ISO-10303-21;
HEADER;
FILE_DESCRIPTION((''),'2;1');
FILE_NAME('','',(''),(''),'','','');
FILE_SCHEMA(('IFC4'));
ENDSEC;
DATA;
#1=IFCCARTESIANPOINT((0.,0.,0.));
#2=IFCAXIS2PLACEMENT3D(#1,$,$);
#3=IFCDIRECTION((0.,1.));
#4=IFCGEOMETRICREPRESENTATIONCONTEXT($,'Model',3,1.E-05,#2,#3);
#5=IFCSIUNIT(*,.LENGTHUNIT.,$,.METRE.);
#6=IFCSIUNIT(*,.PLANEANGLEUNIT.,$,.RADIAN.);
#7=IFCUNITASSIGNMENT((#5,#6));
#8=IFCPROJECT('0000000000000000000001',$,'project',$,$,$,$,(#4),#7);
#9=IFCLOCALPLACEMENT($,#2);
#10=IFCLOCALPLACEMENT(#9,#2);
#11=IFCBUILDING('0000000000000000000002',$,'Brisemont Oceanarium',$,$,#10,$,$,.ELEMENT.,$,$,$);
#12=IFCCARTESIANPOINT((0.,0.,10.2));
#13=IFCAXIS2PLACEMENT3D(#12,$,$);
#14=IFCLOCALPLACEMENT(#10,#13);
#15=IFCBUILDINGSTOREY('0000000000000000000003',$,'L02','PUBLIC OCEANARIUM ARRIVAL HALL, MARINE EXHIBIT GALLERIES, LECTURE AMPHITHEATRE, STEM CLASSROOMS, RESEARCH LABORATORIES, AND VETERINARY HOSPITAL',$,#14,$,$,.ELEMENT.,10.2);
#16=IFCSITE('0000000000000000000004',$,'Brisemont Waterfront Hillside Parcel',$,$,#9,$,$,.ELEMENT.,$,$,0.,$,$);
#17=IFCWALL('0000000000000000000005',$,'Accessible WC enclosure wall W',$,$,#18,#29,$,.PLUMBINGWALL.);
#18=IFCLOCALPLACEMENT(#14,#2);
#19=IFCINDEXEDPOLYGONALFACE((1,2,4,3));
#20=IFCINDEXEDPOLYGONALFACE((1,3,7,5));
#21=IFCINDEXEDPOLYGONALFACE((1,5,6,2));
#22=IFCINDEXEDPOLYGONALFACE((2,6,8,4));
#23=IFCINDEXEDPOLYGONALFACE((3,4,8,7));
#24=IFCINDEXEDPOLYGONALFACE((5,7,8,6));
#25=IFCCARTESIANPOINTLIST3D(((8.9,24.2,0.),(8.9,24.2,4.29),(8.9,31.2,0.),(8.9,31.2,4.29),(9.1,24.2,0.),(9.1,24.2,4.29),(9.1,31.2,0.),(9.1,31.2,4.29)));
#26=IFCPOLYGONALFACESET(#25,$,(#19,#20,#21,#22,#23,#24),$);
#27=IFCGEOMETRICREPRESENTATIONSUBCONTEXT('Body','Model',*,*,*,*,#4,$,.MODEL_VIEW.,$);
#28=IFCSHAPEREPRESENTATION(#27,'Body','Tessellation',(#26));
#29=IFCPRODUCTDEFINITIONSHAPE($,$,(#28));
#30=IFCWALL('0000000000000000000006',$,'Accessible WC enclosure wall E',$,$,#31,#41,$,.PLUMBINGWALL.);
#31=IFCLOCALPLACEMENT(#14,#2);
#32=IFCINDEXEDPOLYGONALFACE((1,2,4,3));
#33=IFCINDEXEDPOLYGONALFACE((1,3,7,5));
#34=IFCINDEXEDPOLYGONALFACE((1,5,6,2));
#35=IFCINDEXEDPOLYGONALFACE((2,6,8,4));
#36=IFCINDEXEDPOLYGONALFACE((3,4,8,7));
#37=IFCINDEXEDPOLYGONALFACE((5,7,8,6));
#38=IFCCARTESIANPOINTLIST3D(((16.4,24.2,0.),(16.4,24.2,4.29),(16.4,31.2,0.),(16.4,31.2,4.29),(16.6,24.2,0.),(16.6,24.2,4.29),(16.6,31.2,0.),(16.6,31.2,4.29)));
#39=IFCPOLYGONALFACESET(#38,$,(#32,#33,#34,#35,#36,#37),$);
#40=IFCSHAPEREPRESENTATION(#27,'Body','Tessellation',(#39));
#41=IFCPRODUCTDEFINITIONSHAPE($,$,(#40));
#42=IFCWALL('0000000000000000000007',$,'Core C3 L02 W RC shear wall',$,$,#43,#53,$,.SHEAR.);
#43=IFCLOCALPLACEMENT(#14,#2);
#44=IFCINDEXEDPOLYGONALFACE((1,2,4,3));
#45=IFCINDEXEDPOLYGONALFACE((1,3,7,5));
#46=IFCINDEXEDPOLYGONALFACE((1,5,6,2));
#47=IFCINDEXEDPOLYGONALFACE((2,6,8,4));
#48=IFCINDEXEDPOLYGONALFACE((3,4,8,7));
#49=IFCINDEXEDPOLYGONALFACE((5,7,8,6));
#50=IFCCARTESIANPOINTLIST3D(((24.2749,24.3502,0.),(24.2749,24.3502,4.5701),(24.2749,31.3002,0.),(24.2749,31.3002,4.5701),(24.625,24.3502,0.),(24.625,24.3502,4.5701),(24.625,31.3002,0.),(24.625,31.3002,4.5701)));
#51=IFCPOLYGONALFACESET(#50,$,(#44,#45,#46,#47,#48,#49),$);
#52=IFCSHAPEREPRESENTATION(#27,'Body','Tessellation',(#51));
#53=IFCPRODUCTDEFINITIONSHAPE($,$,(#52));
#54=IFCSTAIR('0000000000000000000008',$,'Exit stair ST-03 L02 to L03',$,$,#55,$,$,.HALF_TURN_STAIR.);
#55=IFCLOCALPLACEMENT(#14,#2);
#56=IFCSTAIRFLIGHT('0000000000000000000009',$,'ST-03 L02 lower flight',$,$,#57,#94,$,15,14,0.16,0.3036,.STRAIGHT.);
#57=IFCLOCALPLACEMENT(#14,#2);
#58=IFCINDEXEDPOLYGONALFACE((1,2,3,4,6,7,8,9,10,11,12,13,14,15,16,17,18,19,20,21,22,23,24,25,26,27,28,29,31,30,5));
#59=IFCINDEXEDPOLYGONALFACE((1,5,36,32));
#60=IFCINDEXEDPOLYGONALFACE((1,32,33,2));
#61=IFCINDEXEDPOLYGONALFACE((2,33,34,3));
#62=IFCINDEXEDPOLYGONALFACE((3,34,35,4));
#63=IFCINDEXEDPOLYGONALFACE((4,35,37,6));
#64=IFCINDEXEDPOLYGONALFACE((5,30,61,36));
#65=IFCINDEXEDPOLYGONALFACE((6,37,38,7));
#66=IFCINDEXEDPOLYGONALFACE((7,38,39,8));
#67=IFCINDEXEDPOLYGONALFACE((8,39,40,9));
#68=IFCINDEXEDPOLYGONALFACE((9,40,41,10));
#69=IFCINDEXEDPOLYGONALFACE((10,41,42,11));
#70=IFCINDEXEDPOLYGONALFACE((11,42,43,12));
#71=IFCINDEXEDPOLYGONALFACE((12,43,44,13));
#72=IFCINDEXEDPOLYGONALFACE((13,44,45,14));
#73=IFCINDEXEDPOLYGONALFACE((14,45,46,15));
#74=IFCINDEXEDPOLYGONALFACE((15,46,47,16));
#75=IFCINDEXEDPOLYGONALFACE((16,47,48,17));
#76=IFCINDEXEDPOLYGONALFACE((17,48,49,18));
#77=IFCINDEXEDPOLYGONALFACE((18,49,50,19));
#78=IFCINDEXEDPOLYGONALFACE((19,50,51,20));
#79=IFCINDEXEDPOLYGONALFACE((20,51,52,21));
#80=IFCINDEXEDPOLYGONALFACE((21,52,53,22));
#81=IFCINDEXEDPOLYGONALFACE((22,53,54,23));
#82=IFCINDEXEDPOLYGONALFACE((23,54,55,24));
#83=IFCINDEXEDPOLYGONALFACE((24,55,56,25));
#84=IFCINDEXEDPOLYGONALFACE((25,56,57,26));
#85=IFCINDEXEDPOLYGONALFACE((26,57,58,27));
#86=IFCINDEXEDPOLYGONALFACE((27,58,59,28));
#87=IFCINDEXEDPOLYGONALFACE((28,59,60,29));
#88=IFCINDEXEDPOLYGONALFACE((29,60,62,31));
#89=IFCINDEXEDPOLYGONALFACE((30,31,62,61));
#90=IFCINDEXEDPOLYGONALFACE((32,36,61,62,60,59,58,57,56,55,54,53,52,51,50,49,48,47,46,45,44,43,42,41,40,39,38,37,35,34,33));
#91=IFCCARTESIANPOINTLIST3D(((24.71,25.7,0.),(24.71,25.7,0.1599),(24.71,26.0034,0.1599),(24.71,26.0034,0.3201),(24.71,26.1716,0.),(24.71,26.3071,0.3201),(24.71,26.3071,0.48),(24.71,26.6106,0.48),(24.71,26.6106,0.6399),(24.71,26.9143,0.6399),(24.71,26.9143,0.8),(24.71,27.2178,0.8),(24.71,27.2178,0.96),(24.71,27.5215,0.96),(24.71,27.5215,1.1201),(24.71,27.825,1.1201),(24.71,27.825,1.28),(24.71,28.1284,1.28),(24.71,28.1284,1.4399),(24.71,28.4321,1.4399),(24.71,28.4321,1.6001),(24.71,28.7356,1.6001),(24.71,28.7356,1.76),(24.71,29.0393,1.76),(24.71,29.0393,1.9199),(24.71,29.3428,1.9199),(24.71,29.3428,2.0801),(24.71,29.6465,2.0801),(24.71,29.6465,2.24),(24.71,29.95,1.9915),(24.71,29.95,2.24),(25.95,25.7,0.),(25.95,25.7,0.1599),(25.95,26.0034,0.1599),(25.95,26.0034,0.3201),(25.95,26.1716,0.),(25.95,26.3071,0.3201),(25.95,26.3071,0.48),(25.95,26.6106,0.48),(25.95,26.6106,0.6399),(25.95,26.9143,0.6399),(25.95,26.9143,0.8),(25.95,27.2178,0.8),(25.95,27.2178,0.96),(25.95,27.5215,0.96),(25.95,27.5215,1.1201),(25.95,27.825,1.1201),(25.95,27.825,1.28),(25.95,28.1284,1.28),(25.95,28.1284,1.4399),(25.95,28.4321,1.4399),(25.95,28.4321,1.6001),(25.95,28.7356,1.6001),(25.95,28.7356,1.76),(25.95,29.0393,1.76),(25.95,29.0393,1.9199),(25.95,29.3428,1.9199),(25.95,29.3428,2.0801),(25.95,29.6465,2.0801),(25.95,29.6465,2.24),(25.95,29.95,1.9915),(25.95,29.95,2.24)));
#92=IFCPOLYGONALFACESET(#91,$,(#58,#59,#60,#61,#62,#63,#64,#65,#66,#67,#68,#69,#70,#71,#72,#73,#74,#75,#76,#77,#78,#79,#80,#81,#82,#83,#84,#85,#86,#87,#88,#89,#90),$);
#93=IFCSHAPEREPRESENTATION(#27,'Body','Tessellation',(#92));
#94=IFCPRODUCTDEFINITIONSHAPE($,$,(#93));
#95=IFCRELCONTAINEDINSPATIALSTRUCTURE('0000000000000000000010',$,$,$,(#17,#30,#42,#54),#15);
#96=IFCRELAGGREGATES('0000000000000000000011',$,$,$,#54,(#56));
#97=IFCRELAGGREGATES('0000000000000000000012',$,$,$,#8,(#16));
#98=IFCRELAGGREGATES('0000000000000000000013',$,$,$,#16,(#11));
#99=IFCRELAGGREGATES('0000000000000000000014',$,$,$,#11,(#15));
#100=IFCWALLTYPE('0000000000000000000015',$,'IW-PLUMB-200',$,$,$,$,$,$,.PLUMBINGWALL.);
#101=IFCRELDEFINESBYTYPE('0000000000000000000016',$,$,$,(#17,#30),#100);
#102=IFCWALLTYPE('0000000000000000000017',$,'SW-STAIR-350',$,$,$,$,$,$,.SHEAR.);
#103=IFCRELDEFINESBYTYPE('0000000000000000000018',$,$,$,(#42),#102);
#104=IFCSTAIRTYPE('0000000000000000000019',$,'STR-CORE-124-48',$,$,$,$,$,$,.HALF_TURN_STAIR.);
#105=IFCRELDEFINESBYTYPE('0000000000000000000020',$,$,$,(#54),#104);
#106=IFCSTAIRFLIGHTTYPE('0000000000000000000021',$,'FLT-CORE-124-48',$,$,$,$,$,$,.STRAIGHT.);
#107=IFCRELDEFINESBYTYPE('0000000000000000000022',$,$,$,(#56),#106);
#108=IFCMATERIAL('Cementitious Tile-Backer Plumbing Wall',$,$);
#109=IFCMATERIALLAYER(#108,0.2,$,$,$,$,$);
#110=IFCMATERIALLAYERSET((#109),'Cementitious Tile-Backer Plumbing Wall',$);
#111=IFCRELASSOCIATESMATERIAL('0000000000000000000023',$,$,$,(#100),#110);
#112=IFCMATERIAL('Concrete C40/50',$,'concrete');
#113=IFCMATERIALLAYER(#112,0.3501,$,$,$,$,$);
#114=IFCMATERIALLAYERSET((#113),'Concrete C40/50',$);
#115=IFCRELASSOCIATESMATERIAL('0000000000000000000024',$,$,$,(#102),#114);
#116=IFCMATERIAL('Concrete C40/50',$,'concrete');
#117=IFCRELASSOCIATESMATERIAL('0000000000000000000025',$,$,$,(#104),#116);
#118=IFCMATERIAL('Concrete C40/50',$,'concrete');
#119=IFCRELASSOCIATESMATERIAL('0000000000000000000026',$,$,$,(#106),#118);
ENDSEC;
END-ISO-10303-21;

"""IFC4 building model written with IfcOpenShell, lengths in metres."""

from ifc_helpers import new_model, si_unit, direction, frame, frame_2d, origin, place, context, subcontext, project, spatial, polyline, rectangle, outline, extrude, material, layer, layer_set, type_object, element, aggregate, save


model = new_model("IFC4")

# Units and contexts
model_context = context("Model", 3, precision=1e-05, world=origin(), true_north=direction((0.0, 1.0)))
body_context = subcontext(model_context, "Body", "Model", "MODEL_VIEW")
ifc_project = project(units=[si_unit("LENGTHUNIT", "METRE"), si_unit("PLANEANGLEUNIT", "RADIAN")], contexts=[model_context])

# Site, building, storey
site_placement = place(None, origin())
site = spatial("IfcSite", under=ifc_project, at=site_placement, Name="Brisemont Waterfront Hillside Parcel", CompositionType="ELEMENT", RefElevation=0.0)
building_placement = place(site_placement, origin())
building = spatial("IfcBuilding", under=site, at=building_placement, Name="Brisemont Oceanarium", CompositionType="ELEMENT")
storey_placement = place(building_placement, frame((0.0, 0.0, 10.2)))
storey = spatial("IfcBuildingStorey", under=building, at=storey_placement, Name="L02", Description="PUBLIC OCEANARIUM ARRIVAL HALL, MARINE EXHIBIT GALLERIES, LECTURE AMPHITHEATRE, STEM CLASSROOMS, RESEARCH LABORATORIES, AND VETERINARY HOSPITAL", CompositionType="ELEMENT", Elevation=10.2)

# Shared definitions
ifc_material_1 = material(Name="Cementitious Tile-Backer Plumbing Wall")
ifc_layer_1 = layer(ifc_material_1, 0.2)
ifc_layer_set_1 = layer_set([ifc_layer_1], Name="Cementitious Tile-Backer Plumbing Wall")
wall_type_1 = type_object("IfcWallType", Name="IW-PLUMB-200", PredefinedType="PLUMBINGWALL", material=ifc_layer_set_1)

# Walls
for number, where, z_axis, x_axis, name in (
    (1, (9.0, 24.2, 0.0), (0.0, 0.0, 1.0), (0.0, 1.0, 0.0), "Accessible WC enclosure wall W"),
    (2, (16.5, 24.2, 0.0), (0.0, 0.0, 1.0), (0.0, 1.0, 0.0), "Accessible WC enclosure wall E"),
):
    element("IfcWall", number, at=place(storey_placement, frame(where, z_axis=z_axis, x_axis=x_axis)), inside=storey, type_object=wall_type_1, Name=name, PredefinedType="PLUMBINGWALL", context=body_context, shape_type="SweptSolid", body=[
        extrude(rectangle(XDim=7.0, YDim=0.2, at=frame_2d((3.5, 0.0))), origin(), (0.0, 0.0, 1.0), 4.29),
    ])

# Shared definitions
ifc_material_2 = material(Name="Concrete C40/50", Category="concrete")
ifc_layer_2 = layer(ifc_material_2, 0.3501)
ifc_layer_set_2 = layer_set([ifc_layer_2], Name="Concrete C40/50")
wall_type_2 = type_object("IfcWallType", Name="SW-STAIR-350", PredefinedType="SHEAR", material=ifc_layer_set_2)

# Wall
wall_1_placement = place(storey_placement, frame((24.45, 24.3501, 0.0), z_axis=(0.0, 0.0, 1.0), x_axis=(0.0, 1.0, 0.0)))
element("IfcWall", 3, at=wall_1_placement, inside=storey, type_object=wall_type_2, Name="Core C3 L02 W RC shear wall", PredefinedType="SHEAR", context=body_context, shape_type="SweptSolid", body=[
    extrude(rectangle(XDim=6.95, YDim=0.3501, at=frame_2d((3.4751, 0.0))), origin(), (0.0, 0.0, 1.0), 4.5701),
])

# Stair, stair flight
ifc_material_3 = material(Name="Concrete C40/50", Category="concrete")
stair_type = type_object("IfcStairType", Name="STR-CORE-124-48", PredefinedType="HALF_TURN_STAIR", material=ifc_material_3)
stair_placement = place(storey_placement, origin())
stair = element("IfcStair", 4, at=stair_placement, inside=storey, type_object=stair_type, Name="Exit stair ST-03 L02 to L03", PredefinedType="HALF_TURN_STAIR")
ifc_material_4 = material(Name="Concrete C40/50", Category="concrete")
stair_flight_type = type_object("IfcStairFlightType", Name="FLT-CORE-124-48", PredefinedType="STRAIGHT", material=ifc_material_4)
stair_flight_placement = place(storey_placement, frame((25.3301, 25.7, 0.0), z_axis=(0.0, 0.0, 1.0), x_axis=(0.0, 1.0, 0.0)))
stair_flight = element("IfcStairFlight", 5, at=stair_flight_placement, type_object=stair_flight_type, Name="ST-03 L02 lower flight", NumberOfRisers=15, NumberOfTreads=14, PredefinedType="STRAIGHT", RiserHeight=0.16, TreadLength=0.3036, context=body_context, shape_type="SweptSolid", body=[
    extrude(outline(polyline([(0.0, 0.0), (0.0, 0.1599), (0.3035, 0.1599), (0.3035, 0.3201), (0.6072, 0.3201), (0.6072, 0.48), (0.9106, 0.48), (0.9106, 0.6399), (1.2144, 0.6399), (1.2144, 0.8), (1.5178, 0.8), (1.5178, 0.96), (1.8215, 0.96), (1.8215, 1.1201), (2.125, 1.1201), (2.125, 1.28), (2.4285, 1.28), (2.4285, 1.4399), (2.7322, 1.4399), (2.7322, 1.6001), (3.0356, 1.6001), (3.0356, 1.76), (3.3394, 1.76), (3.3394, 1.9199), (3.6428, 1.9199), (3.6428, 2.0801), (3.9465, 2.0801), (3.9465, 2.24), (4.25, 2.24), (4.25, 2.3999), (4.25, 1.9915), (0.4717, 0.0), (0.0, 0.0)])), frame((0.0, 0.6201, 0.0), z_axis=(0.0, -1.0, 0.0), x_axis=(1.0, 0.0, 0.0)), (0.0, 0.0, 1.0), 1.24),
])
aggregate(stair, [stair_flight])

save(model, "model.ifc")
